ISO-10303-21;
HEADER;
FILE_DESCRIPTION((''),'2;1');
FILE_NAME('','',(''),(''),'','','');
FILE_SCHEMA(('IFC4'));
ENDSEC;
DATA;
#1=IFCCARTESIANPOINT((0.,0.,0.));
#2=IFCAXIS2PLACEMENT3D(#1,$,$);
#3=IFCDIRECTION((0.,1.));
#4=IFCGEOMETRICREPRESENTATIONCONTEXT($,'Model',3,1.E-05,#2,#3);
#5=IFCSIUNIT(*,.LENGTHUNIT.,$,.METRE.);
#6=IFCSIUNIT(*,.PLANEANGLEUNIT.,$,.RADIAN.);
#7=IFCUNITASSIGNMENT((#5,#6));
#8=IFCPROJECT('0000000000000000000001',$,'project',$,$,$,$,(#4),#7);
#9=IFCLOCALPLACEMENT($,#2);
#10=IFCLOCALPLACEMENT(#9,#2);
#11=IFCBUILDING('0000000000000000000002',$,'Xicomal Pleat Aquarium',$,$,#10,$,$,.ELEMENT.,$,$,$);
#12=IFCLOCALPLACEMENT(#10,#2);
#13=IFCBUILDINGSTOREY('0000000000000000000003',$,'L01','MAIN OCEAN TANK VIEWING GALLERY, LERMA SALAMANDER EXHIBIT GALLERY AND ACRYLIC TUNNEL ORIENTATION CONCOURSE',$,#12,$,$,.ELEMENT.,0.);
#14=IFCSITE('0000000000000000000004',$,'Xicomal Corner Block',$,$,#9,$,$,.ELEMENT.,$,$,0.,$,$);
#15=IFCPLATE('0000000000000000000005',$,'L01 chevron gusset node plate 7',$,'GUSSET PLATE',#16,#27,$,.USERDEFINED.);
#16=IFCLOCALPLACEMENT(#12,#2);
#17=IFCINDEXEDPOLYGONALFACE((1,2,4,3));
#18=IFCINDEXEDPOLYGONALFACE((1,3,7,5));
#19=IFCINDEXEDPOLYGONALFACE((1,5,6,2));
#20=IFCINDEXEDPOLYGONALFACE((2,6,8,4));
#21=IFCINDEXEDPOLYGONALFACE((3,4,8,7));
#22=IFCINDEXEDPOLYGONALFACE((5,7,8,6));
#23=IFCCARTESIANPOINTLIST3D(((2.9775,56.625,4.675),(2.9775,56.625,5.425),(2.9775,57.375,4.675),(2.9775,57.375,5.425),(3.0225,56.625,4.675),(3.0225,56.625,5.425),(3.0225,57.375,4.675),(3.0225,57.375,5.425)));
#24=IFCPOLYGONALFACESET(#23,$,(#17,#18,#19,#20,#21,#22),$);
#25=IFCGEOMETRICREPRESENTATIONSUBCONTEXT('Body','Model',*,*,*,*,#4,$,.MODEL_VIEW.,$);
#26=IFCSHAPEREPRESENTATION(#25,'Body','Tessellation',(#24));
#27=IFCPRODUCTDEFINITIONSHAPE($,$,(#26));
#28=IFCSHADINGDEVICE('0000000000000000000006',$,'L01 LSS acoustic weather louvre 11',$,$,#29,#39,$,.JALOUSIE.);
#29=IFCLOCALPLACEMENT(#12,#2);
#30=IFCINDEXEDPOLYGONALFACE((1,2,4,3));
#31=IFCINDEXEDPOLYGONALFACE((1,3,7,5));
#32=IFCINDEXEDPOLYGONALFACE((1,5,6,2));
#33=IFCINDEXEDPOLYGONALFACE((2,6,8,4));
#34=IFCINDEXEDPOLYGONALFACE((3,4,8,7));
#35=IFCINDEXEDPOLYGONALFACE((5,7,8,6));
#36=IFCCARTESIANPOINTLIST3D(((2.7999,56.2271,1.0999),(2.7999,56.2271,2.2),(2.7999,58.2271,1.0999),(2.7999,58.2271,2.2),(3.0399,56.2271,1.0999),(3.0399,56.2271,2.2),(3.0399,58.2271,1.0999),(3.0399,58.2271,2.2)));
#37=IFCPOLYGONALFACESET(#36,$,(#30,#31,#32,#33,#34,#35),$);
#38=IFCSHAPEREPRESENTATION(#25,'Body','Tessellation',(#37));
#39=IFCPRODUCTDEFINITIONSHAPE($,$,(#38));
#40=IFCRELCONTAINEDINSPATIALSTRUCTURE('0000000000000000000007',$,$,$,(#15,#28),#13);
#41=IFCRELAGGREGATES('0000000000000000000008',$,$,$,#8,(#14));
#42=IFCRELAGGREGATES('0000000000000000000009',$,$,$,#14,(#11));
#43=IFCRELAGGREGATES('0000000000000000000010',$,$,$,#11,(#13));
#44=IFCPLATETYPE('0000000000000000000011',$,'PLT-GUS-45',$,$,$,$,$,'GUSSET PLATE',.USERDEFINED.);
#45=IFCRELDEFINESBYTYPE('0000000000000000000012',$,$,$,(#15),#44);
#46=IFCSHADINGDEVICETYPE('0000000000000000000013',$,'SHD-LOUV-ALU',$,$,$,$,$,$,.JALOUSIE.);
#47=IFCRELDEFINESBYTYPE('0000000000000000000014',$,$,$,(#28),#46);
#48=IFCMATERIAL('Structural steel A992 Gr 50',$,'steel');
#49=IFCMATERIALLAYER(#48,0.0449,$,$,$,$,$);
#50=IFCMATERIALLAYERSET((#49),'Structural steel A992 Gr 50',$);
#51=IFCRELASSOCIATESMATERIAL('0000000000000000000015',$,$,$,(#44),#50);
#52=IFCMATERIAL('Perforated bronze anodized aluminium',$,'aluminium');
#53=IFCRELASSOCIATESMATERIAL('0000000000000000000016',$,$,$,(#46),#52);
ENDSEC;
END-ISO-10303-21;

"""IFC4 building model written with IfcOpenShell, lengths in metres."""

from ifc_helpers import new_model, si_unit, direction, frame, origin, origin_2d, place, context, subcontext, project, spatial, rectangle, extrude, material, layer, layer_set, type_object, element, save


model = new_model("IFC4")

# Units and contexts
model_context = context("Model", 3, precision=1e-05, world=origin(), true_north=direction((0.0, 1.0)))
body_context = subcontext(model_context, "Body", "Model", "MODEL_VIEW")
ifc_project = project(units=[si_unit("LENGTHUNIT", "METRE"), si_unit("PLANEANGLEUNIT", "RADIAN")], contexts=[model_context])

# Site, building, storey
site_placement = place(None, origin())
site = spatial("IfcSite", under=ifc_project, at=site_placement, Name="Xicomal Corner Block", CompositionType="ELEMENT", RefElevation=0.0)
building_placement = place(site_placement, origin())
building = spatial("IfcBuilding", under=site, at=building_placement, Name="Xicomal Pleat Aquarium", CompositionType="ELEMENT")
storey_placement = place(building_placement, origin())
storey = spatial("IfcBuildingStorey", under=building, at=storey_placement, Name="L01", Description="MAIN OCEAN TANK VIEWING GALLERY, LERMA SALAMANDER EXHIBIT GALLERY AND ACRYLIC TUNNEL ORIENTATION CONCOURSE", CompositionType="ELEMENT", Elevation=0.0)

# Plate
ifc_material_1 = material(Name="Structural steel A992 Gr 50", Category="steel")
ifc_layer_1 = layer(ifc_material_1, 0.0449)
ifc_layer_set_1 = layer_set([ifc_layer_1], Name="Structural steel A992 Gr 50")
plate_type_1 = type_object("IfcPlateType", Name="PLT-GUS-45", ElementType="GUSSET PLATE", PredefinedType="USERDEFINED", material=ifc_layer_set_1)
plate_1_placement = place(storey_placement, frame((3.0, 57.0, 4.675), z_axis=(0.0, 0.0, 1.0), x_axis=(0.0, 1.0, 0.0)))
element("IfcPlate", 1, at=plate_1_placement, inside=storey, type_object=plate_type_1, Name="L01 chevron gusset node plate 7", ObjectType="GUSSET PLATE", PredefinedType="USERDEFINED", context=body_context, shape_type="SweptSolid", body=[
    extrude(rectangle(XDim=0.75, YDim=0.0449, at=origin_2d()), origin(), (0.0, 0.0, 1.0), 0.75),
])

# Shading device
ifc_material_2 = material(Name="Perforated bronze anodized aluminium", Category="aluminium")
shading_device_type = type_object("IfcShadingDeviceType", Name="SHD-LOUV-ALU", PredefinedType="JALOUSIE", material=ifc_material_2)
shading_device_placement = place(storey_placement, frame((2.9199, 57.2271, 1.0999), z_axis=(0.0, 0.0, 1.0), x_axis=(0.0, 1.0, 0.0)))
element("IfcShadingDevice", 2, at=shading_device_placement, inside=storey, type_object=shading_device_type, Name="L01 LSS acoustic weather louvre 11", PredefinedType="JALOUSIE", context=body_context, shape_type="SweptSolid", body=[
    extrude(rectangle(XDim=2.0, YDim=0.24, at=origin_2d()), origin(), (0.0, 0.0, 1.0), 1.1001),
])

save(model, "model.ifc")
